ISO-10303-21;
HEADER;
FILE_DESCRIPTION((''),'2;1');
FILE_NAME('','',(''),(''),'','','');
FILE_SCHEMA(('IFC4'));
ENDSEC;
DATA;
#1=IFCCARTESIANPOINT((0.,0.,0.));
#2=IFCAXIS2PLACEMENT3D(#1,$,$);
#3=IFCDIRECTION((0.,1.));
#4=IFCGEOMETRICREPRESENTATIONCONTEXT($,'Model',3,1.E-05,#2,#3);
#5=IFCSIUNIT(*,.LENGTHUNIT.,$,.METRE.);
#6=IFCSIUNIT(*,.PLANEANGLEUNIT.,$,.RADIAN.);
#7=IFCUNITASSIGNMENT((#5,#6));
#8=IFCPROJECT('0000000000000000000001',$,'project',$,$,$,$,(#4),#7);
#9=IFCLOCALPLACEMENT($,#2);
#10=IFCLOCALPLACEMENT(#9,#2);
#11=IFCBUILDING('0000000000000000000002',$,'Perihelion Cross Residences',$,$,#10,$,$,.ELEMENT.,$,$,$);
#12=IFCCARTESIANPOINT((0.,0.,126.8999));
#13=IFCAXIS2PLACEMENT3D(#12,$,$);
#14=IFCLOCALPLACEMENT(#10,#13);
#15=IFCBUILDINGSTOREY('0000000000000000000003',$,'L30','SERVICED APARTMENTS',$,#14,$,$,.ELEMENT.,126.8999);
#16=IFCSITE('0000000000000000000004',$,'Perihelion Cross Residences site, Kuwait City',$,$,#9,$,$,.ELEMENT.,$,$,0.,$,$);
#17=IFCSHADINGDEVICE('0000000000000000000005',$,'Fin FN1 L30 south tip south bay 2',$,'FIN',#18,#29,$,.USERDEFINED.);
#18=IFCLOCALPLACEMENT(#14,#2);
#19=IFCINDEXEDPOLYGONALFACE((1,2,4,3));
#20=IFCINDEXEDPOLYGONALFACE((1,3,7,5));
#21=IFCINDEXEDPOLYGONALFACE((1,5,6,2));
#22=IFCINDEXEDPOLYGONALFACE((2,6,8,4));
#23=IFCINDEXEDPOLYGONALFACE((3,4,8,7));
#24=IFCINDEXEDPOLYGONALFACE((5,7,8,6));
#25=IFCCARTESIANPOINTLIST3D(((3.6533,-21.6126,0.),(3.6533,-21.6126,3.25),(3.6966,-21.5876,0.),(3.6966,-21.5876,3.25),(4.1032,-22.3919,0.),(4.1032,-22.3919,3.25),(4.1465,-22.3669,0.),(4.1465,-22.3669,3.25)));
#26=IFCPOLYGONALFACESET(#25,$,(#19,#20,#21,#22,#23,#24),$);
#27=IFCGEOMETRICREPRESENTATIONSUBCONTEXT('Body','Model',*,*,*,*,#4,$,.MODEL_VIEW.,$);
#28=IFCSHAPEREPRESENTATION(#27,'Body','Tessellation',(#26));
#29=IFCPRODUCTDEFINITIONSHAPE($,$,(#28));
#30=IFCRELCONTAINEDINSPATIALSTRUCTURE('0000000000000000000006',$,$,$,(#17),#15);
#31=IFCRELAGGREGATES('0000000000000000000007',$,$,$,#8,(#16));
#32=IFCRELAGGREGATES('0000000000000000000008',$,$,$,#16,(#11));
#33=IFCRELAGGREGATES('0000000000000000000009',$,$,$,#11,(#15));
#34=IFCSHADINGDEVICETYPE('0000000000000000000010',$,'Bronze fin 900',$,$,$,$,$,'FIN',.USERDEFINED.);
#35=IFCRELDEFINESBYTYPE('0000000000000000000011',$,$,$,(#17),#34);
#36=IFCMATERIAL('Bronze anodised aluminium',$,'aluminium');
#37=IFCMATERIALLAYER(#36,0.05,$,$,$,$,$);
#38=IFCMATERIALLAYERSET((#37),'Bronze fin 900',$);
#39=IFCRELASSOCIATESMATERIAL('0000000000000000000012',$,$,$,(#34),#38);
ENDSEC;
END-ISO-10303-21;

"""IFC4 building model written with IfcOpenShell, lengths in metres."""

from ifc_helpers import new_model, si_unit, direction, frame, origin, origin_2d, place, context, subcontext, project, spatial, rectangle, extrude, material, layer, layer_set, type_object, element, save


model = new_model("IFC4")

# Units and contexts
model_context = context("Model", 3, precision=1e-05, world=origin(), true_north=direction((0.0, 1.0)))
body_context = subcontext(model_context, "Body", "Model", "MODEL_VIEW")
ifc_project = project(units=[si_unit("LENGTHUNIT", "METRE"), si_unit("PLANEANGLEUNIT", "RADIAN")], contexts=[model_context])

# Site, building, storey
site_placement = place(None, origin())
site = spatial("IfcSite", under=ifc_project, at=site_placement, Name="Perihelion Cross Residences site, Kuwait City", CompositionType="ELEMENT", RefElevation=0.0)
building_placement = place(site_placement, origin())
building = spatial("IfcBuilding", under=site, at=building_placement, Name="Perihelion Cross Residences", CompositionType="ELEMENT")
storey_placement = place(building_placement, frame((0.0, 0.0, 126.8999)))
storey = spatial("IfcBuildingStorey", under=building, at=storey_placement, Name="L30", Description="SERVICED APARTMENTS", CompositionType="ELEMENT", Elevation=126.8999)

# Shading device
ifc_material_1 = material(Name="Bronze anodised aluminium", Category="aluminium")
ifc_layer_1 = layer(ifc_material_1, 0.05)
ifc_layer_set_1 = layer_set([ifc_layer_1], Name="Bronze fin 900")
shading_device_type = type_object("IfcShadingDeviceType", Name="Bronze fin 900", ElementType="FIN", PredefinedType="USERDEFINED", material=ifc_layer_set_1)
shading_device_placement = place(storey_placement, frame((3.8999, -21.9897, 0.0), z_axis=(0.0, 0.0, 1.0), x_axis=(0.5, -0.866025, 0.0)))
element("IfcShadingDevice", 1, at=shading_device_placement, inside=storey, type_object=shading_device_type, Name="Fin FN1 L30 south tip south bay 2", ObjectType="FIN", PredefinedType="USERDEFINED", context=body_context, shape_type="SweptSolid", body=[
    extrude(rectangle(XDim=0.8999, YDim=0.05, at=origin_2d()), origin(), (0.0, 0.0, 1.0), 3.25),
])

save(model, "model.ifc")
